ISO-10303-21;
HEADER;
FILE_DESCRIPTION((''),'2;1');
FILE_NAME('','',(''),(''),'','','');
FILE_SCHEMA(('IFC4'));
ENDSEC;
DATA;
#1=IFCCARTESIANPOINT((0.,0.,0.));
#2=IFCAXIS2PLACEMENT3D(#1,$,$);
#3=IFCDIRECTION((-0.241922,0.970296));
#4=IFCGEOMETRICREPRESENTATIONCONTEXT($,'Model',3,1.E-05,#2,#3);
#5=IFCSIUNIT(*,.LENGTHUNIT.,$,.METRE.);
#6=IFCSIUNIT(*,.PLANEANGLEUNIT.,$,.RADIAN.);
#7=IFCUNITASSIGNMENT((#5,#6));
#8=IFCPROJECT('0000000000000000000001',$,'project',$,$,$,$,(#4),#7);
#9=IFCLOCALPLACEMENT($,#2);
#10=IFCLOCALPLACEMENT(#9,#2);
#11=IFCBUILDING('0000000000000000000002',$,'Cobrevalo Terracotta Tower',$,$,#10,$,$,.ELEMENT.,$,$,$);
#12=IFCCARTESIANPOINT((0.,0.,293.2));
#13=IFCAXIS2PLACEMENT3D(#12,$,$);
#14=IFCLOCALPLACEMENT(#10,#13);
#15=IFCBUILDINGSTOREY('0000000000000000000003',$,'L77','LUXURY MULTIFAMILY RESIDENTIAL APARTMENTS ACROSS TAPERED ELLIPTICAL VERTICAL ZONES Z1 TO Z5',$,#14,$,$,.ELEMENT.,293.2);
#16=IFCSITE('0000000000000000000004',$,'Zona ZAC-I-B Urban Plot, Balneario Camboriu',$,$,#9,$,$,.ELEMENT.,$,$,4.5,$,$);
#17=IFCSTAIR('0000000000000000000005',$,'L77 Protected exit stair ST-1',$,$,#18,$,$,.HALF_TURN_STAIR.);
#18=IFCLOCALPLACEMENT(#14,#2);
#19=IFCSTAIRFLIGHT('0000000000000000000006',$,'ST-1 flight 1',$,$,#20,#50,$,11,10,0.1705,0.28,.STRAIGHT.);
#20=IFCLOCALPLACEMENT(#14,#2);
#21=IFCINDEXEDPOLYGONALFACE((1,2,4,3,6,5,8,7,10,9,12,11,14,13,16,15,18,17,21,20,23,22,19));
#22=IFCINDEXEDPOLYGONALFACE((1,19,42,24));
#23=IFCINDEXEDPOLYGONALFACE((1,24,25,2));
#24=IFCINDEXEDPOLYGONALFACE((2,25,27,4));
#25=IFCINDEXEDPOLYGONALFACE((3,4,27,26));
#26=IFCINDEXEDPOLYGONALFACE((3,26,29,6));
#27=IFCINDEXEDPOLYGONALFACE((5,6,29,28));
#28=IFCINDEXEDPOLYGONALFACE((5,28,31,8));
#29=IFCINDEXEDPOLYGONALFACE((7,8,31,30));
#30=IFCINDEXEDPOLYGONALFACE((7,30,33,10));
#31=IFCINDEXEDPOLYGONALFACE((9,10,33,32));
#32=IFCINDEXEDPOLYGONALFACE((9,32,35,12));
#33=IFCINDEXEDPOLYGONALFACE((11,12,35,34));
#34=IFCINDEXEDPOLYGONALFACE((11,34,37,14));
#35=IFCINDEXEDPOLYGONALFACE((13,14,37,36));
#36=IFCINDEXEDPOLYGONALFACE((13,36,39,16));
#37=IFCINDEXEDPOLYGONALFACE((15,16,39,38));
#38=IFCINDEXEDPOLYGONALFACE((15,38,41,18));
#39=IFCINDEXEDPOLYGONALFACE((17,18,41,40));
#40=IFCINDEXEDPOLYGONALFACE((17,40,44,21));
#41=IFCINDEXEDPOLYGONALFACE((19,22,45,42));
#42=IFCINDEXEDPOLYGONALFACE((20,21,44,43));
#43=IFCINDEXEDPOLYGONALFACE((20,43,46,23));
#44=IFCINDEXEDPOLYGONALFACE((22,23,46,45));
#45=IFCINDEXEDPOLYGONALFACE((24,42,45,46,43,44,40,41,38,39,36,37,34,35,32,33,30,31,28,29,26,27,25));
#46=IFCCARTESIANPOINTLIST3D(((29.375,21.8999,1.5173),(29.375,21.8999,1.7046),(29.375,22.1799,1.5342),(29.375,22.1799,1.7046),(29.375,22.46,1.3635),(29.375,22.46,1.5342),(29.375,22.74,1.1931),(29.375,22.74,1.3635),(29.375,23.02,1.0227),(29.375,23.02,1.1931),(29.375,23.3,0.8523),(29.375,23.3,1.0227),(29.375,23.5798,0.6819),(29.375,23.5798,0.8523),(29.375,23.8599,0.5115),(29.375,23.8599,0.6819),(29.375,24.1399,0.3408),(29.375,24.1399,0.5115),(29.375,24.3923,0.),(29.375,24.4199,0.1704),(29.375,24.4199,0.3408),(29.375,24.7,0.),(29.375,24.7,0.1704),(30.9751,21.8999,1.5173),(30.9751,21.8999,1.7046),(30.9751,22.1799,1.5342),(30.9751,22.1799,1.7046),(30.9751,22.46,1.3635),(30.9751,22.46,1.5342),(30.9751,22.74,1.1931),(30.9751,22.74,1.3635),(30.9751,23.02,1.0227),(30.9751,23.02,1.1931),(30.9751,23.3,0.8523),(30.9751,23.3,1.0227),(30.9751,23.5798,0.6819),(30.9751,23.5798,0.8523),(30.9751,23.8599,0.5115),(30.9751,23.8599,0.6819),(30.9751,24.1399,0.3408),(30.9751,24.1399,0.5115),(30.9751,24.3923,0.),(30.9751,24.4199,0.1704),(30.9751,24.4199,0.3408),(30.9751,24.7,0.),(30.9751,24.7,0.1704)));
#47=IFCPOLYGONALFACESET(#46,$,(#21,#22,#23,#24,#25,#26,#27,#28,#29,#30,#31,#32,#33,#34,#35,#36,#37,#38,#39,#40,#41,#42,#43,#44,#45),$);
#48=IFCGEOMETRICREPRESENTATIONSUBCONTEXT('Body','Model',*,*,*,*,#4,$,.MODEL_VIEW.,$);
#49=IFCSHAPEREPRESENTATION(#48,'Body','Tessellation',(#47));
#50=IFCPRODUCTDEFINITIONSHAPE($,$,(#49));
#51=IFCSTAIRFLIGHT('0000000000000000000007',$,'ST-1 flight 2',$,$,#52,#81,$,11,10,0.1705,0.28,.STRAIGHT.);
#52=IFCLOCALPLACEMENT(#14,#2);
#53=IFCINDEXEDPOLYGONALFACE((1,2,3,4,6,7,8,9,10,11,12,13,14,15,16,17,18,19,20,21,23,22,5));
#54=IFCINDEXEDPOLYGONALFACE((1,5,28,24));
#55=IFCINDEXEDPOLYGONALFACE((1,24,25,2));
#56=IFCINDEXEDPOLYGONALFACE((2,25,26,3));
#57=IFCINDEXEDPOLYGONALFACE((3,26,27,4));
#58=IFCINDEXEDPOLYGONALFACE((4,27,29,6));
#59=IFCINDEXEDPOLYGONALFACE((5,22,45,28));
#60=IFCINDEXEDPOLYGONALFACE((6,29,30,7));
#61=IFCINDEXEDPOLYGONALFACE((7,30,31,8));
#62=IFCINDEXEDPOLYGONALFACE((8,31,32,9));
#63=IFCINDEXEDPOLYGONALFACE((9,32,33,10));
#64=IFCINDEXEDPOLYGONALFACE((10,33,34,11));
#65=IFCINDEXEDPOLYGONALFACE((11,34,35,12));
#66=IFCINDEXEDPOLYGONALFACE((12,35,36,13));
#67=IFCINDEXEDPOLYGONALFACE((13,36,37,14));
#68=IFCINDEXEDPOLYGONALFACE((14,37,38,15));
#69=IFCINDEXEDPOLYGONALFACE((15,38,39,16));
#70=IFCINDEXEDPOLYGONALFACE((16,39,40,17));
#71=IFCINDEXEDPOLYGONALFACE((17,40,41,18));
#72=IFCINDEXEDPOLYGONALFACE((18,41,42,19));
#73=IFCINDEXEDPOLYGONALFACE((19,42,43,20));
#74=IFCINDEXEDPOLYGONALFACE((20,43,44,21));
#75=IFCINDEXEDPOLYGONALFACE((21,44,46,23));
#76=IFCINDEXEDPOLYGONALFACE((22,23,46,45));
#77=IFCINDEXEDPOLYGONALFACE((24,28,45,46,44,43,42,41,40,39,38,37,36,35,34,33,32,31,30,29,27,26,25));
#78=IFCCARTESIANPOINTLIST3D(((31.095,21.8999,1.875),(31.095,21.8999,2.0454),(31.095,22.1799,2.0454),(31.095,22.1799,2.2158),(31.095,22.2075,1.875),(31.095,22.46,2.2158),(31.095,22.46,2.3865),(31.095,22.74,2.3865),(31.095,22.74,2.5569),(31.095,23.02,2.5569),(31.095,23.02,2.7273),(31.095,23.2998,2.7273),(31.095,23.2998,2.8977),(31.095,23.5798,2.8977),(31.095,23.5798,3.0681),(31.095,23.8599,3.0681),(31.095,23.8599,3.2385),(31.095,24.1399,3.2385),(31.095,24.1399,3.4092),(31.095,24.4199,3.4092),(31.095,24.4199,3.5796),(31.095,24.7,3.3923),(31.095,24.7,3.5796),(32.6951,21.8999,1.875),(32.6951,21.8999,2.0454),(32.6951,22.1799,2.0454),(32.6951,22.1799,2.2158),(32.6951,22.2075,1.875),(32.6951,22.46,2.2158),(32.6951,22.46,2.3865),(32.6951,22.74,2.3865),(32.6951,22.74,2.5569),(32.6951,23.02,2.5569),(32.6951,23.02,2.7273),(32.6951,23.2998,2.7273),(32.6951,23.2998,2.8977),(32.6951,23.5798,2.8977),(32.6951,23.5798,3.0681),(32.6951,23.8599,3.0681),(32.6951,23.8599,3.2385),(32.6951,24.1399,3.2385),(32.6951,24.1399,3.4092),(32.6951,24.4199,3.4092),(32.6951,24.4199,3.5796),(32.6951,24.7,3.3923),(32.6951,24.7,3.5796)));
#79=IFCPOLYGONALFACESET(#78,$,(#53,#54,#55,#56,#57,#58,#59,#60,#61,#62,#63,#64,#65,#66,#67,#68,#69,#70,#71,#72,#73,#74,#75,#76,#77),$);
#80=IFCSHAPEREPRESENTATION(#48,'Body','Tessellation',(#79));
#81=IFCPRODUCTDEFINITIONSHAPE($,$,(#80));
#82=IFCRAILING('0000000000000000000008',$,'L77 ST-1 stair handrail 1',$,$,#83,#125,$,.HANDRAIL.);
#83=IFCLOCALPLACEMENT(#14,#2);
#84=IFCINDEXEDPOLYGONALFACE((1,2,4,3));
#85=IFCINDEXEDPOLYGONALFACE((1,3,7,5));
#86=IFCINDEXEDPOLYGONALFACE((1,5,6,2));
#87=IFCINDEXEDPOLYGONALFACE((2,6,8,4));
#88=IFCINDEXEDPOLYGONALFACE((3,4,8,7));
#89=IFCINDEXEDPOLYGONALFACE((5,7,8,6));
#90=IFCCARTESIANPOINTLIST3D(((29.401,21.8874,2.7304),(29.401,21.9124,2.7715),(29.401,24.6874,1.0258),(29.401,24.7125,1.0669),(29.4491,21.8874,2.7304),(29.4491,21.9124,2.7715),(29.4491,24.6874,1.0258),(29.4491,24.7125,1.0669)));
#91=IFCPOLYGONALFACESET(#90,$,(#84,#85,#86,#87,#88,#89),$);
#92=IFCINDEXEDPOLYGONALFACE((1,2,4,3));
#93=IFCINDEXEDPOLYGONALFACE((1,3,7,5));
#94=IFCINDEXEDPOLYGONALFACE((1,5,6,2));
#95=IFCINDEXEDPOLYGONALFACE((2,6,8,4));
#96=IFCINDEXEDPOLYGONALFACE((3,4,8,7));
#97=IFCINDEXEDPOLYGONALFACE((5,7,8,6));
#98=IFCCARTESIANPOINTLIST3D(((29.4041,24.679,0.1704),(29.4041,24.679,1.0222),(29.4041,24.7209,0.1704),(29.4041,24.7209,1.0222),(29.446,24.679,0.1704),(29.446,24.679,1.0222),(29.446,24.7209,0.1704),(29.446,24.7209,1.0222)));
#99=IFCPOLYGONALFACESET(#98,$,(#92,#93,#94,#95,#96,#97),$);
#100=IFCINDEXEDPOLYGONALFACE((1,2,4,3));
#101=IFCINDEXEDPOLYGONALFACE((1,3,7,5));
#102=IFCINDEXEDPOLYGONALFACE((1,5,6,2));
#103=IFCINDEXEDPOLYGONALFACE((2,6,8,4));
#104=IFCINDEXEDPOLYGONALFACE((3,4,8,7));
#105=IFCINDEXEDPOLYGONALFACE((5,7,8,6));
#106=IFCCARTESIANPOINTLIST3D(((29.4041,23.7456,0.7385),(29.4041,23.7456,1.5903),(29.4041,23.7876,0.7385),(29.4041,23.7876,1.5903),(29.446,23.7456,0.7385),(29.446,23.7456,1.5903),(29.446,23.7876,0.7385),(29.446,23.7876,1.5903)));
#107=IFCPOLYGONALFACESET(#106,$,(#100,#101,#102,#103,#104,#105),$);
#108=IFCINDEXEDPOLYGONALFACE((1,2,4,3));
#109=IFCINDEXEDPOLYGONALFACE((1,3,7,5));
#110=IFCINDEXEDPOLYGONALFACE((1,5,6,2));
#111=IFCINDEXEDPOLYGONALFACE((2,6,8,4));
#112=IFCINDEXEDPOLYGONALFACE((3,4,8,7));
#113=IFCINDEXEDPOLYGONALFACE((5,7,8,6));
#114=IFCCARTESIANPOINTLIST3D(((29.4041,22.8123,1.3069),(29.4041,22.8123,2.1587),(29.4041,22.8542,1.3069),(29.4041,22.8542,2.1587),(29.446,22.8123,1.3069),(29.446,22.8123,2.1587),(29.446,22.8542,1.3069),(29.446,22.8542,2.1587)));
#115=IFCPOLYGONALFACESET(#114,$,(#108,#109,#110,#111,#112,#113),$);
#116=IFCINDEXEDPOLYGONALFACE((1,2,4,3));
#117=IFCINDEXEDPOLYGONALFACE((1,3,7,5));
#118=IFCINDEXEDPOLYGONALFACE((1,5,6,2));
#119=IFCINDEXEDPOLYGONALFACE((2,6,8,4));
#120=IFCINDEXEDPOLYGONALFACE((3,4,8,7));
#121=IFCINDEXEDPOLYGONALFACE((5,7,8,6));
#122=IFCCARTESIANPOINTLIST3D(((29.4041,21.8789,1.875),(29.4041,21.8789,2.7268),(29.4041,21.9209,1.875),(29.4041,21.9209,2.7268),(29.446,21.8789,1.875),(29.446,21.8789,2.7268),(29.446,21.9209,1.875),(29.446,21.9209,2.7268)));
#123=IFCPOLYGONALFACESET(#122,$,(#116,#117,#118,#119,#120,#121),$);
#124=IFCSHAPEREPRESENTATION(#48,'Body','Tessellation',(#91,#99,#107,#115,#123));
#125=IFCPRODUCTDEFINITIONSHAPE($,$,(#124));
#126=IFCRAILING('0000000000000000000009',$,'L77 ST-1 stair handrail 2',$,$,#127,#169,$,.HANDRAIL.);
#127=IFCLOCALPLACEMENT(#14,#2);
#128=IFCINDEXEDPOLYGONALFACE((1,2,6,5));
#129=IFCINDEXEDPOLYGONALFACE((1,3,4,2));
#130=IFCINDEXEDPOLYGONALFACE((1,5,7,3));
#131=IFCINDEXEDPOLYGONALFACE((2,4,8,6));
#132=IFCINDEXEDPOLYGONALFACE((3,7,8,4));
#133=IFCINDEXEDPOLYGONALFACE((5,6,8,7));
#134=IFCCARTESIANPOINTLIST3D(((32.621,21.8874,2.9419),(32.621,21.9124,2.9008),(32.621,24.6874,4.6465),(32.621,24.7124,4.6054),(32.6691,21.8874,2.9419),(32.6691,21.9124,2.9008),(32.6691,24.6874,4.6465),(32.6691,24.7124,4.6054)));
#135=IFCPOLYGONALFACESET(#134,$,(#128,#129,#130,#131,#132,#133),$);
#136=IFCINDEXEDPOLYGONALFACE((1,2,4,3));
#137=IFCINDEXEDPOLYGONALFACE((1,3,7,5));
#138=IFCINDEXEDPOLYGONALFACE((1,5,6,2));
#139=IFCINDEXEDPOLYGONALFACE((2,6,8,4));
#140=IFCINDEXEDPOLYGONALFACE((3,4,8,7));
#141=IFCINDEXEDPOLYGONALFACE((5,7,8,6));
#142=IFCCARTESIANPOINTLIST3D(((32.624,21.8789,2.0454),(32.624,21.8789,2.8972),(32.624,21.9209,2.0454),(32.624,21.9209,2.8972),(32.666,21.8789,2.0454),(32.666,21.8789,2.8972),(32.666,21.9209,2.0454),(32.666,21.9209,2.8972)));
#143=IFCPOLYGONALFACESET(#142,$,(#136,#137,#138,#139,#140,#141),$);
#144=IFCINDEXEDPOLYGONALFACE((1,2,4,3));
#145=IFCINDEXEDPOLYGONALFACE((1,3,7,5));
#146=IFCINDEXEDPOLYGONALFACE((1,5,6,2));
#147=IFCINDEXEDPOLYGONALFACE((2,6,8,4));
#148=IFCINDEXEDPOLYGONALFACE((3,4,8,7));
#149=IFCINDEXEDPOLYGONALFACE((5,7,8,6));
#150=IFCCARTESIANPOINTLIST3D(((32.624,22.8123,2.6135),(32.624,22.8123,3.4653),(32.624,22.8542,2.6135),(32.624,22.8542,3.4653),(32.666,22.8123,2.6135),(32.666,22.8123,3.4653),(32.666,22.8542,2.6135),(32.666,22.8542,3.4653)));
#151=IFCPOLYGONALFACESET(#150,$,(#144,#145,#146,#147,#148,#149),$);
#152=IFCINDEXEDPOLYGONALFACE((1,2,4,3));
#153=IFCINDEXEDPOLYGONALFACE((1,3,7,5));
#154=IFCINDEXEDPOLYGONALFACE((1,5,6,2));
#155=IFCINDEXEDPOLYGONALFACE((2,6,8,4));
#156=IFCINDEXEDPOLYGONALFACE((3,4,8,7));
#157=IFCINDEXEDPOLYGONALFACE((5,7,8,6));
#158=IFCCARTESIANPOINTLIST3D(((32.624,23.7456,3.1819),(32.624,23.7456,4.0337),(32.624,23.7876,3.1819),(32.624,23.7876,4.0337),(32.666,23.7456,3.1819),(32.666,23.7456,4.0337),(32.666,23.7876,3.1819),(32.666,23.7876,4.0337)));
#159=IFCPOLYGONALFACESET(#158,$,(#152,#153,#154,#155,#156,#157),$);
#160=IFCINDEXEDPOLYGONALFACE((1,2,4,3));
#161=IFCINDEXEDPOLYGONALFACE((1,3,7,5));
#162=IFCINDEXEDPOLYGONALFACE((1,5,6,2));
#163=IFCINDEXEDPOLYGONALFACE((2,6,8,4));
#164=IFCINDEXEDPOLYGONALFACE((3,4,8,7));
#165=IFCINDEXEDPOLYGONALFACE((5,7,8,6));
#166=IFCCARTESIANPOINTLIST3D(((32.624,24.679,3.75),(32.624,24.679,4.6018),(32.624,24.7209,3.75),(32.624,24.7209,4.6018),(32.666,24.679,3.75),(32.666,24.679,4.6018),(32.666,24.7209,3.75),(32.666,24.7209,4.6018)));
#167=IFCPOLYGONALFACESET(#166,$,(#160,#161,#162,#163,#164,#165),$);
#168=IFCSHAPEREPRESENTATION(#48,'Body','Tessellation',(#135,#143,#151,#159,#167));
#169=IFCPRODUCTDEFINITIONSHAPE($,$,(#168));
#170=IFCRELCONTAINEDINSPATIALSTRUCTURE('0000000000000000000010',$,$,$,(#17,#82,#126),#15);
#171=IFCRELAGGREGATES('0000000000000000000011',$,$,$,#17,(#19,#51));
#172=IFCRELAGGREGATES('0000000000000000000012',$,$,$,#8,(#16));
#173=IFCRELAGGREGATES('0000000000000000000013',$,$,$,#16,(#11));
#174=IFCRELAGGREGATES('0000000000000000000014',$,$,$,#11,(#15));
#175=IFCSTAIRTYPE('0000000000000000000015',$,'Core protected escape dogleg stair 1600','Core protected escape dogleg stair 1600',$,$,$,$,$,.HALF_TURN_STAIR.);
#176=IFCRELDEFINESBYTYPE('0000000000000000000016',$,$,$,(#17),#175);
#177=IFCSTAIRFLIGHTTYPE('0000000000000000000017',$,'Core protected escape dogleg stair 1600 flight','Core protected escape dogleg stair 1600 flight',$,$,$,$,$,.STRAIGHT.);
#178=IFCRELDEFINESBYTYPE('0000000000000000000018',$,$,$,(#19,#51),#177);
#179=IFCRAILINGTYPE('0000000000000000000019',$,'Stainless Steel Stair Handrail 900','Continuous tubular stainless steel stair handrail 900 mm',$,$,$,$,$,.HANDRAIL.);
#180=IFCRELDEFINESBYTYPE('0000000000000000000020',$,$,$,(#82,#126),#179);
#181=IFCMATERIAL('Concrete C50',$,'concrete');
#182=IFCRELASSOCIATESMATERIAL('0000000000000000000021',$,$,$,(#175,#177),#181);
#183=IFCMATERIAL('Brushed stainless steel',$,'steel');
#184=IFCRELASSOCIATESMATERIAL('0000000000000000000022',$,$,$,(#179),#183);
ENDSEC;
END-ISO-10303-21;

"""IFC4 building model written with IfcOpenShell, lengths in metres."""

from ifc_helpers import new_model, si_unit, direction, frame, origin, origin_2d, place, context, subcontext, project, spatial, polyline, rectangle, outline, extrude, material, type_object, element, aggregate, save


model = new_model("IFC4")

# Units and contexts
model_context = context("Model", 3, precision=1e-05, world=origin(), true_north=direction((-0.241922, 0.970296)))
body_context = subcontext(model_context, "Body", "Model", "MODEL_VIEW")
ifc_project = project(units=[si_unit("LENGTHUNIT", "METRE"), si_unit("PLANEANGLEUNIT", "RADIAN")], contexts=[model_context])

# Site, building, storey
site_placement = place(None, origin())
site = spatial("IfcSite", under=ifc_project, at=site_placement, Name="Zona ZAC-I-B Urban Plot, Balneario Camboriu", CompositionType="ELEMENT", RefElevation=4.5)
building_placement = place(site_placement, origin())
building = spatial("IfcBuilding", under=site, at=building_placement, Name="Cobrevalo Terracotta Tower", CompositionType="ELEMENT")
storey_placement = place(building_placement, frame((0.0, 0.0, 293.2)))
storey = spatial("IfcBuildingStorey", under=building, at=storey_placement, Name="L77", Description="LUXURY MULTIFAMILY RESIDENTIAL APARTMENTS ACROSS TAPERED ELLIPTICAL VERTICAL ZONES Z1 TO Z5", CompositionType="ELEMENT", Elevation=293.2)

# Shared definitions
ifc_material_1 = material(Name="Brushed stainless steel", Category="steel")

# Shared definitions
ifc_material_2 = material(Name="Concrete C50", Category="concrete")

# Stair, stair flights
stair_type = type_object("IfcStairType", Name="Core protected escape dogleg stair 1600", Description="Core protected escape dogleg stair 1600", PredefinedType="HALF_TURN_STAIR", material=ifc_material_2)
stair_placement = place(storey_placement, origin())
stair = element("IfcStair", 1, at=stair_placement, inside=storey, type_object=stair_type, Name="L77 Protected exit stair ST-1", PredefinedType="HALF_TURN_STAIR")
stair_flight_type = type_object("IfcStairFlightType", Name="Core protected escape dogleg stair 1600 flight", Description="Core protected escape dogleg stair 1600 flight", PredefinedType="STRAIGHT", material=ifc_material_2)
stair_flight_1_placement = place(storey_placement, frame((30.175, 24.7, 0.0), z_axis=(0.0, 0.0, 1.0), x_axis=(0.0, -1.0, 0.0)))
stair_flight_1 = element("IfcStairFlight", 2, at=stair_flight_1_placement, type_object=stair_flight_type, Name="ST-1 flight 1", NumberOfRisers=11, NumberOfTreads=10, PredefinedType="STRAIGHT", RiserHeight=0.1705, TreadLength=0.28, context=body_context, shape_type="SweptSolid", body=[
    extrude(outline(polyline([(0.0, 0.0), (0.0, 0.1704), (0.28, 0.1704), (0.28, 0.3408), (0.5601, 0.3408), (0.5601, 0.5115), (0.8401, 0.5115), (0.8401, 0.6819), (1.1201, 0.6819), (1.1201, 0.8523), (1.3999, 0.8523), (1.3999, 1.0227), (1.6799, 1.0227), (1.6799, 1.1931), (1.96, 1.1931), (1.96, 1.3635), (2.24, 1.3635), (2.24, 1.5342), (2.52, 1.5342), (2.52, 1.7046), (2.8, 1.7046), (2.8, 1.875), (2.8, 1.5173), (0.3076, 0.0), (0.0, 0.0)])), frame((0.0, 0.8, 0.0), z_axis=(0.0, -1.0, 0.0), x_axis=(1.0, 0.0, 0.0)), (0.0, 0.0, 1.0), 1.6001),
])
stair_flight_2_placement = place(storey_placement, frame((31.895, 21.8999, 1.875), z_axis=(0.0, 0.0, 1.0), x_axis=(0.0, 1.0, 0.0)))
stair_flight_2 = element("IfcStairFlight", 3, at=stair_flight_2_placement, type_object=stair_flight_type, Name="ST-1 flight 2", NumberOfRisers=11, NumberOfTreads=10, PredefinedType="STRAIGHT", RiserHeight=0.1705, TreadLength=0.28, context=body_context, shape_type="SweptSolid", body=[
    extrude(outline(polyline([(0.0, 0.0), (0.0, 0.1704), (0.28, 0.1704), (0.28, 0.3408), (0.5601, 0.3408), (0.5601, 0.5115), (0.8401, 0.5115), (0.8401, 0.6819), (1.1201, 0.6819), (1.1201, 0.8523), (1.3999, 0.8523), (1.3999, 1.0227), (1.6799, 1.0227), (1.6799, 1.1931), (1.96, 1.1931), (1.96, 1.3635), (2.24, 1.3635), (2.24, 1.5342), (2.52, 1.5342), (2.52, 1.7046), (2.8, 1.7046), (2.8, 1.875), (2.8, 1.5173), (0.3076, 0.0), (0.0, 0.0)])), frame((0.0, 0.8, 0.0), z_axis=(0.0, -1.0, 0.0), x_axis=(1.0, 0.0, 0.0)), (0.0, 0.0, 1.0), 1.6001),
])
aggregate(stair, [stair_flight_1, stair_flight_2])

# Railings
railing_type_1 = type_object("IfcRailingType", Name="Stainless Steel Stair Handrail 900", Description="Continuous tubular stainless steel stair handrail 900 mm", PredefinedType="HANDRAIL", material=ifc_material_1)
railing_1_placement = place(storey_placement, frame((29.425, 24.7, 0.1704)))
element("IfcRailing", 4, at=railing_1_placement, inside=storey, type_object=railing_type_1, Name="L77 ST-1 stair handrail 1", PredefinedType="HANDRAIL", context=body_context, shape_type="SweptSolid", body=[
    extrude(rectangle(XDim=0.0481, YDim=0.0481, at=origin_2d()), frame((0.0, 0.0, 0.876), z_axis=(0.0, -0.85417, 0.519994), x_axis=(1.0, 0.0, 0.0)), (0.0, 0.0, 1.0), 3.2781),
    extrude(rectangle(XDim=0.042, YDim=0.042, at=origin_2d()), origin(), (0.0, 0.0, 1.0), 0.8518),
    extrude(rectangle(XDim=0.042, YDim=0.042, at=origin_2d()), frame((0.0, -0.9333, 0.5681)), (0.0, 0.0, 1.0), 0.8518),
    extrude(rectangle(XDim=0.042, YDim=0.042, at=origin_2d()), frame((0.0, -1.8667, 1.1365)), (0.0, 0.0, 1.0), 0.8518),
    extrude(rectangle(XDim=0.042, YDim=0.042, at=origin_2d()), frame((0.0, -2.8, 1.7046)), (0.0, 0.0, 1.0), 0.8518),
])
railing_2_placement = place(storey_placement, frame((32.645, 21.8999, 2.0454)))
element("IfcRailing", 5, at=railing_2_placement, inside=storey, type_object=railing_type_1, Name="L77 ST-1 stair handrail 2", PredefinedType="HANDRAIL", context=body_context, shape_type="SweptSolid", body=[
    extrude(rectangle(XDim=0.0481, YDim=0.0481, at=origin_2d()), frame((0.0, 0.0, 0.876), z_axis=(0.0, 0.85417, 0.519994), x_axis=(-1.0, 0.0, 0.0)), (0.0, 0.0, 1.0), 3.2781),
    extrude(rectangle(XDim=0.042, YDim=0.042, at=origin_2d()), origin(), (0.0, 0.0, 1.0), 0.8518),
    extrude(rectangle(XDim=0.042, YDim=0.042, at=origin_2d()), frame((0.0, 0.9333, 0.5681)), (0.0, 0.0, 1.0), 0.8518),
    extrude(rectangle(XDim=0.042, YDim=0.042, at=origin_2d()), frame((0.0, 1.8667, 1.1365)), (0.0, 0.0, 1.0), 0.8518),
    extrude(rectangle(XDim=0.042, YDim=0.042, at=origin_2d()), frame((0.0, 2.8, 1.7046)), (0.0, 0.0, 1.0), 0.8518),
])

save(model, "model.ifc")
